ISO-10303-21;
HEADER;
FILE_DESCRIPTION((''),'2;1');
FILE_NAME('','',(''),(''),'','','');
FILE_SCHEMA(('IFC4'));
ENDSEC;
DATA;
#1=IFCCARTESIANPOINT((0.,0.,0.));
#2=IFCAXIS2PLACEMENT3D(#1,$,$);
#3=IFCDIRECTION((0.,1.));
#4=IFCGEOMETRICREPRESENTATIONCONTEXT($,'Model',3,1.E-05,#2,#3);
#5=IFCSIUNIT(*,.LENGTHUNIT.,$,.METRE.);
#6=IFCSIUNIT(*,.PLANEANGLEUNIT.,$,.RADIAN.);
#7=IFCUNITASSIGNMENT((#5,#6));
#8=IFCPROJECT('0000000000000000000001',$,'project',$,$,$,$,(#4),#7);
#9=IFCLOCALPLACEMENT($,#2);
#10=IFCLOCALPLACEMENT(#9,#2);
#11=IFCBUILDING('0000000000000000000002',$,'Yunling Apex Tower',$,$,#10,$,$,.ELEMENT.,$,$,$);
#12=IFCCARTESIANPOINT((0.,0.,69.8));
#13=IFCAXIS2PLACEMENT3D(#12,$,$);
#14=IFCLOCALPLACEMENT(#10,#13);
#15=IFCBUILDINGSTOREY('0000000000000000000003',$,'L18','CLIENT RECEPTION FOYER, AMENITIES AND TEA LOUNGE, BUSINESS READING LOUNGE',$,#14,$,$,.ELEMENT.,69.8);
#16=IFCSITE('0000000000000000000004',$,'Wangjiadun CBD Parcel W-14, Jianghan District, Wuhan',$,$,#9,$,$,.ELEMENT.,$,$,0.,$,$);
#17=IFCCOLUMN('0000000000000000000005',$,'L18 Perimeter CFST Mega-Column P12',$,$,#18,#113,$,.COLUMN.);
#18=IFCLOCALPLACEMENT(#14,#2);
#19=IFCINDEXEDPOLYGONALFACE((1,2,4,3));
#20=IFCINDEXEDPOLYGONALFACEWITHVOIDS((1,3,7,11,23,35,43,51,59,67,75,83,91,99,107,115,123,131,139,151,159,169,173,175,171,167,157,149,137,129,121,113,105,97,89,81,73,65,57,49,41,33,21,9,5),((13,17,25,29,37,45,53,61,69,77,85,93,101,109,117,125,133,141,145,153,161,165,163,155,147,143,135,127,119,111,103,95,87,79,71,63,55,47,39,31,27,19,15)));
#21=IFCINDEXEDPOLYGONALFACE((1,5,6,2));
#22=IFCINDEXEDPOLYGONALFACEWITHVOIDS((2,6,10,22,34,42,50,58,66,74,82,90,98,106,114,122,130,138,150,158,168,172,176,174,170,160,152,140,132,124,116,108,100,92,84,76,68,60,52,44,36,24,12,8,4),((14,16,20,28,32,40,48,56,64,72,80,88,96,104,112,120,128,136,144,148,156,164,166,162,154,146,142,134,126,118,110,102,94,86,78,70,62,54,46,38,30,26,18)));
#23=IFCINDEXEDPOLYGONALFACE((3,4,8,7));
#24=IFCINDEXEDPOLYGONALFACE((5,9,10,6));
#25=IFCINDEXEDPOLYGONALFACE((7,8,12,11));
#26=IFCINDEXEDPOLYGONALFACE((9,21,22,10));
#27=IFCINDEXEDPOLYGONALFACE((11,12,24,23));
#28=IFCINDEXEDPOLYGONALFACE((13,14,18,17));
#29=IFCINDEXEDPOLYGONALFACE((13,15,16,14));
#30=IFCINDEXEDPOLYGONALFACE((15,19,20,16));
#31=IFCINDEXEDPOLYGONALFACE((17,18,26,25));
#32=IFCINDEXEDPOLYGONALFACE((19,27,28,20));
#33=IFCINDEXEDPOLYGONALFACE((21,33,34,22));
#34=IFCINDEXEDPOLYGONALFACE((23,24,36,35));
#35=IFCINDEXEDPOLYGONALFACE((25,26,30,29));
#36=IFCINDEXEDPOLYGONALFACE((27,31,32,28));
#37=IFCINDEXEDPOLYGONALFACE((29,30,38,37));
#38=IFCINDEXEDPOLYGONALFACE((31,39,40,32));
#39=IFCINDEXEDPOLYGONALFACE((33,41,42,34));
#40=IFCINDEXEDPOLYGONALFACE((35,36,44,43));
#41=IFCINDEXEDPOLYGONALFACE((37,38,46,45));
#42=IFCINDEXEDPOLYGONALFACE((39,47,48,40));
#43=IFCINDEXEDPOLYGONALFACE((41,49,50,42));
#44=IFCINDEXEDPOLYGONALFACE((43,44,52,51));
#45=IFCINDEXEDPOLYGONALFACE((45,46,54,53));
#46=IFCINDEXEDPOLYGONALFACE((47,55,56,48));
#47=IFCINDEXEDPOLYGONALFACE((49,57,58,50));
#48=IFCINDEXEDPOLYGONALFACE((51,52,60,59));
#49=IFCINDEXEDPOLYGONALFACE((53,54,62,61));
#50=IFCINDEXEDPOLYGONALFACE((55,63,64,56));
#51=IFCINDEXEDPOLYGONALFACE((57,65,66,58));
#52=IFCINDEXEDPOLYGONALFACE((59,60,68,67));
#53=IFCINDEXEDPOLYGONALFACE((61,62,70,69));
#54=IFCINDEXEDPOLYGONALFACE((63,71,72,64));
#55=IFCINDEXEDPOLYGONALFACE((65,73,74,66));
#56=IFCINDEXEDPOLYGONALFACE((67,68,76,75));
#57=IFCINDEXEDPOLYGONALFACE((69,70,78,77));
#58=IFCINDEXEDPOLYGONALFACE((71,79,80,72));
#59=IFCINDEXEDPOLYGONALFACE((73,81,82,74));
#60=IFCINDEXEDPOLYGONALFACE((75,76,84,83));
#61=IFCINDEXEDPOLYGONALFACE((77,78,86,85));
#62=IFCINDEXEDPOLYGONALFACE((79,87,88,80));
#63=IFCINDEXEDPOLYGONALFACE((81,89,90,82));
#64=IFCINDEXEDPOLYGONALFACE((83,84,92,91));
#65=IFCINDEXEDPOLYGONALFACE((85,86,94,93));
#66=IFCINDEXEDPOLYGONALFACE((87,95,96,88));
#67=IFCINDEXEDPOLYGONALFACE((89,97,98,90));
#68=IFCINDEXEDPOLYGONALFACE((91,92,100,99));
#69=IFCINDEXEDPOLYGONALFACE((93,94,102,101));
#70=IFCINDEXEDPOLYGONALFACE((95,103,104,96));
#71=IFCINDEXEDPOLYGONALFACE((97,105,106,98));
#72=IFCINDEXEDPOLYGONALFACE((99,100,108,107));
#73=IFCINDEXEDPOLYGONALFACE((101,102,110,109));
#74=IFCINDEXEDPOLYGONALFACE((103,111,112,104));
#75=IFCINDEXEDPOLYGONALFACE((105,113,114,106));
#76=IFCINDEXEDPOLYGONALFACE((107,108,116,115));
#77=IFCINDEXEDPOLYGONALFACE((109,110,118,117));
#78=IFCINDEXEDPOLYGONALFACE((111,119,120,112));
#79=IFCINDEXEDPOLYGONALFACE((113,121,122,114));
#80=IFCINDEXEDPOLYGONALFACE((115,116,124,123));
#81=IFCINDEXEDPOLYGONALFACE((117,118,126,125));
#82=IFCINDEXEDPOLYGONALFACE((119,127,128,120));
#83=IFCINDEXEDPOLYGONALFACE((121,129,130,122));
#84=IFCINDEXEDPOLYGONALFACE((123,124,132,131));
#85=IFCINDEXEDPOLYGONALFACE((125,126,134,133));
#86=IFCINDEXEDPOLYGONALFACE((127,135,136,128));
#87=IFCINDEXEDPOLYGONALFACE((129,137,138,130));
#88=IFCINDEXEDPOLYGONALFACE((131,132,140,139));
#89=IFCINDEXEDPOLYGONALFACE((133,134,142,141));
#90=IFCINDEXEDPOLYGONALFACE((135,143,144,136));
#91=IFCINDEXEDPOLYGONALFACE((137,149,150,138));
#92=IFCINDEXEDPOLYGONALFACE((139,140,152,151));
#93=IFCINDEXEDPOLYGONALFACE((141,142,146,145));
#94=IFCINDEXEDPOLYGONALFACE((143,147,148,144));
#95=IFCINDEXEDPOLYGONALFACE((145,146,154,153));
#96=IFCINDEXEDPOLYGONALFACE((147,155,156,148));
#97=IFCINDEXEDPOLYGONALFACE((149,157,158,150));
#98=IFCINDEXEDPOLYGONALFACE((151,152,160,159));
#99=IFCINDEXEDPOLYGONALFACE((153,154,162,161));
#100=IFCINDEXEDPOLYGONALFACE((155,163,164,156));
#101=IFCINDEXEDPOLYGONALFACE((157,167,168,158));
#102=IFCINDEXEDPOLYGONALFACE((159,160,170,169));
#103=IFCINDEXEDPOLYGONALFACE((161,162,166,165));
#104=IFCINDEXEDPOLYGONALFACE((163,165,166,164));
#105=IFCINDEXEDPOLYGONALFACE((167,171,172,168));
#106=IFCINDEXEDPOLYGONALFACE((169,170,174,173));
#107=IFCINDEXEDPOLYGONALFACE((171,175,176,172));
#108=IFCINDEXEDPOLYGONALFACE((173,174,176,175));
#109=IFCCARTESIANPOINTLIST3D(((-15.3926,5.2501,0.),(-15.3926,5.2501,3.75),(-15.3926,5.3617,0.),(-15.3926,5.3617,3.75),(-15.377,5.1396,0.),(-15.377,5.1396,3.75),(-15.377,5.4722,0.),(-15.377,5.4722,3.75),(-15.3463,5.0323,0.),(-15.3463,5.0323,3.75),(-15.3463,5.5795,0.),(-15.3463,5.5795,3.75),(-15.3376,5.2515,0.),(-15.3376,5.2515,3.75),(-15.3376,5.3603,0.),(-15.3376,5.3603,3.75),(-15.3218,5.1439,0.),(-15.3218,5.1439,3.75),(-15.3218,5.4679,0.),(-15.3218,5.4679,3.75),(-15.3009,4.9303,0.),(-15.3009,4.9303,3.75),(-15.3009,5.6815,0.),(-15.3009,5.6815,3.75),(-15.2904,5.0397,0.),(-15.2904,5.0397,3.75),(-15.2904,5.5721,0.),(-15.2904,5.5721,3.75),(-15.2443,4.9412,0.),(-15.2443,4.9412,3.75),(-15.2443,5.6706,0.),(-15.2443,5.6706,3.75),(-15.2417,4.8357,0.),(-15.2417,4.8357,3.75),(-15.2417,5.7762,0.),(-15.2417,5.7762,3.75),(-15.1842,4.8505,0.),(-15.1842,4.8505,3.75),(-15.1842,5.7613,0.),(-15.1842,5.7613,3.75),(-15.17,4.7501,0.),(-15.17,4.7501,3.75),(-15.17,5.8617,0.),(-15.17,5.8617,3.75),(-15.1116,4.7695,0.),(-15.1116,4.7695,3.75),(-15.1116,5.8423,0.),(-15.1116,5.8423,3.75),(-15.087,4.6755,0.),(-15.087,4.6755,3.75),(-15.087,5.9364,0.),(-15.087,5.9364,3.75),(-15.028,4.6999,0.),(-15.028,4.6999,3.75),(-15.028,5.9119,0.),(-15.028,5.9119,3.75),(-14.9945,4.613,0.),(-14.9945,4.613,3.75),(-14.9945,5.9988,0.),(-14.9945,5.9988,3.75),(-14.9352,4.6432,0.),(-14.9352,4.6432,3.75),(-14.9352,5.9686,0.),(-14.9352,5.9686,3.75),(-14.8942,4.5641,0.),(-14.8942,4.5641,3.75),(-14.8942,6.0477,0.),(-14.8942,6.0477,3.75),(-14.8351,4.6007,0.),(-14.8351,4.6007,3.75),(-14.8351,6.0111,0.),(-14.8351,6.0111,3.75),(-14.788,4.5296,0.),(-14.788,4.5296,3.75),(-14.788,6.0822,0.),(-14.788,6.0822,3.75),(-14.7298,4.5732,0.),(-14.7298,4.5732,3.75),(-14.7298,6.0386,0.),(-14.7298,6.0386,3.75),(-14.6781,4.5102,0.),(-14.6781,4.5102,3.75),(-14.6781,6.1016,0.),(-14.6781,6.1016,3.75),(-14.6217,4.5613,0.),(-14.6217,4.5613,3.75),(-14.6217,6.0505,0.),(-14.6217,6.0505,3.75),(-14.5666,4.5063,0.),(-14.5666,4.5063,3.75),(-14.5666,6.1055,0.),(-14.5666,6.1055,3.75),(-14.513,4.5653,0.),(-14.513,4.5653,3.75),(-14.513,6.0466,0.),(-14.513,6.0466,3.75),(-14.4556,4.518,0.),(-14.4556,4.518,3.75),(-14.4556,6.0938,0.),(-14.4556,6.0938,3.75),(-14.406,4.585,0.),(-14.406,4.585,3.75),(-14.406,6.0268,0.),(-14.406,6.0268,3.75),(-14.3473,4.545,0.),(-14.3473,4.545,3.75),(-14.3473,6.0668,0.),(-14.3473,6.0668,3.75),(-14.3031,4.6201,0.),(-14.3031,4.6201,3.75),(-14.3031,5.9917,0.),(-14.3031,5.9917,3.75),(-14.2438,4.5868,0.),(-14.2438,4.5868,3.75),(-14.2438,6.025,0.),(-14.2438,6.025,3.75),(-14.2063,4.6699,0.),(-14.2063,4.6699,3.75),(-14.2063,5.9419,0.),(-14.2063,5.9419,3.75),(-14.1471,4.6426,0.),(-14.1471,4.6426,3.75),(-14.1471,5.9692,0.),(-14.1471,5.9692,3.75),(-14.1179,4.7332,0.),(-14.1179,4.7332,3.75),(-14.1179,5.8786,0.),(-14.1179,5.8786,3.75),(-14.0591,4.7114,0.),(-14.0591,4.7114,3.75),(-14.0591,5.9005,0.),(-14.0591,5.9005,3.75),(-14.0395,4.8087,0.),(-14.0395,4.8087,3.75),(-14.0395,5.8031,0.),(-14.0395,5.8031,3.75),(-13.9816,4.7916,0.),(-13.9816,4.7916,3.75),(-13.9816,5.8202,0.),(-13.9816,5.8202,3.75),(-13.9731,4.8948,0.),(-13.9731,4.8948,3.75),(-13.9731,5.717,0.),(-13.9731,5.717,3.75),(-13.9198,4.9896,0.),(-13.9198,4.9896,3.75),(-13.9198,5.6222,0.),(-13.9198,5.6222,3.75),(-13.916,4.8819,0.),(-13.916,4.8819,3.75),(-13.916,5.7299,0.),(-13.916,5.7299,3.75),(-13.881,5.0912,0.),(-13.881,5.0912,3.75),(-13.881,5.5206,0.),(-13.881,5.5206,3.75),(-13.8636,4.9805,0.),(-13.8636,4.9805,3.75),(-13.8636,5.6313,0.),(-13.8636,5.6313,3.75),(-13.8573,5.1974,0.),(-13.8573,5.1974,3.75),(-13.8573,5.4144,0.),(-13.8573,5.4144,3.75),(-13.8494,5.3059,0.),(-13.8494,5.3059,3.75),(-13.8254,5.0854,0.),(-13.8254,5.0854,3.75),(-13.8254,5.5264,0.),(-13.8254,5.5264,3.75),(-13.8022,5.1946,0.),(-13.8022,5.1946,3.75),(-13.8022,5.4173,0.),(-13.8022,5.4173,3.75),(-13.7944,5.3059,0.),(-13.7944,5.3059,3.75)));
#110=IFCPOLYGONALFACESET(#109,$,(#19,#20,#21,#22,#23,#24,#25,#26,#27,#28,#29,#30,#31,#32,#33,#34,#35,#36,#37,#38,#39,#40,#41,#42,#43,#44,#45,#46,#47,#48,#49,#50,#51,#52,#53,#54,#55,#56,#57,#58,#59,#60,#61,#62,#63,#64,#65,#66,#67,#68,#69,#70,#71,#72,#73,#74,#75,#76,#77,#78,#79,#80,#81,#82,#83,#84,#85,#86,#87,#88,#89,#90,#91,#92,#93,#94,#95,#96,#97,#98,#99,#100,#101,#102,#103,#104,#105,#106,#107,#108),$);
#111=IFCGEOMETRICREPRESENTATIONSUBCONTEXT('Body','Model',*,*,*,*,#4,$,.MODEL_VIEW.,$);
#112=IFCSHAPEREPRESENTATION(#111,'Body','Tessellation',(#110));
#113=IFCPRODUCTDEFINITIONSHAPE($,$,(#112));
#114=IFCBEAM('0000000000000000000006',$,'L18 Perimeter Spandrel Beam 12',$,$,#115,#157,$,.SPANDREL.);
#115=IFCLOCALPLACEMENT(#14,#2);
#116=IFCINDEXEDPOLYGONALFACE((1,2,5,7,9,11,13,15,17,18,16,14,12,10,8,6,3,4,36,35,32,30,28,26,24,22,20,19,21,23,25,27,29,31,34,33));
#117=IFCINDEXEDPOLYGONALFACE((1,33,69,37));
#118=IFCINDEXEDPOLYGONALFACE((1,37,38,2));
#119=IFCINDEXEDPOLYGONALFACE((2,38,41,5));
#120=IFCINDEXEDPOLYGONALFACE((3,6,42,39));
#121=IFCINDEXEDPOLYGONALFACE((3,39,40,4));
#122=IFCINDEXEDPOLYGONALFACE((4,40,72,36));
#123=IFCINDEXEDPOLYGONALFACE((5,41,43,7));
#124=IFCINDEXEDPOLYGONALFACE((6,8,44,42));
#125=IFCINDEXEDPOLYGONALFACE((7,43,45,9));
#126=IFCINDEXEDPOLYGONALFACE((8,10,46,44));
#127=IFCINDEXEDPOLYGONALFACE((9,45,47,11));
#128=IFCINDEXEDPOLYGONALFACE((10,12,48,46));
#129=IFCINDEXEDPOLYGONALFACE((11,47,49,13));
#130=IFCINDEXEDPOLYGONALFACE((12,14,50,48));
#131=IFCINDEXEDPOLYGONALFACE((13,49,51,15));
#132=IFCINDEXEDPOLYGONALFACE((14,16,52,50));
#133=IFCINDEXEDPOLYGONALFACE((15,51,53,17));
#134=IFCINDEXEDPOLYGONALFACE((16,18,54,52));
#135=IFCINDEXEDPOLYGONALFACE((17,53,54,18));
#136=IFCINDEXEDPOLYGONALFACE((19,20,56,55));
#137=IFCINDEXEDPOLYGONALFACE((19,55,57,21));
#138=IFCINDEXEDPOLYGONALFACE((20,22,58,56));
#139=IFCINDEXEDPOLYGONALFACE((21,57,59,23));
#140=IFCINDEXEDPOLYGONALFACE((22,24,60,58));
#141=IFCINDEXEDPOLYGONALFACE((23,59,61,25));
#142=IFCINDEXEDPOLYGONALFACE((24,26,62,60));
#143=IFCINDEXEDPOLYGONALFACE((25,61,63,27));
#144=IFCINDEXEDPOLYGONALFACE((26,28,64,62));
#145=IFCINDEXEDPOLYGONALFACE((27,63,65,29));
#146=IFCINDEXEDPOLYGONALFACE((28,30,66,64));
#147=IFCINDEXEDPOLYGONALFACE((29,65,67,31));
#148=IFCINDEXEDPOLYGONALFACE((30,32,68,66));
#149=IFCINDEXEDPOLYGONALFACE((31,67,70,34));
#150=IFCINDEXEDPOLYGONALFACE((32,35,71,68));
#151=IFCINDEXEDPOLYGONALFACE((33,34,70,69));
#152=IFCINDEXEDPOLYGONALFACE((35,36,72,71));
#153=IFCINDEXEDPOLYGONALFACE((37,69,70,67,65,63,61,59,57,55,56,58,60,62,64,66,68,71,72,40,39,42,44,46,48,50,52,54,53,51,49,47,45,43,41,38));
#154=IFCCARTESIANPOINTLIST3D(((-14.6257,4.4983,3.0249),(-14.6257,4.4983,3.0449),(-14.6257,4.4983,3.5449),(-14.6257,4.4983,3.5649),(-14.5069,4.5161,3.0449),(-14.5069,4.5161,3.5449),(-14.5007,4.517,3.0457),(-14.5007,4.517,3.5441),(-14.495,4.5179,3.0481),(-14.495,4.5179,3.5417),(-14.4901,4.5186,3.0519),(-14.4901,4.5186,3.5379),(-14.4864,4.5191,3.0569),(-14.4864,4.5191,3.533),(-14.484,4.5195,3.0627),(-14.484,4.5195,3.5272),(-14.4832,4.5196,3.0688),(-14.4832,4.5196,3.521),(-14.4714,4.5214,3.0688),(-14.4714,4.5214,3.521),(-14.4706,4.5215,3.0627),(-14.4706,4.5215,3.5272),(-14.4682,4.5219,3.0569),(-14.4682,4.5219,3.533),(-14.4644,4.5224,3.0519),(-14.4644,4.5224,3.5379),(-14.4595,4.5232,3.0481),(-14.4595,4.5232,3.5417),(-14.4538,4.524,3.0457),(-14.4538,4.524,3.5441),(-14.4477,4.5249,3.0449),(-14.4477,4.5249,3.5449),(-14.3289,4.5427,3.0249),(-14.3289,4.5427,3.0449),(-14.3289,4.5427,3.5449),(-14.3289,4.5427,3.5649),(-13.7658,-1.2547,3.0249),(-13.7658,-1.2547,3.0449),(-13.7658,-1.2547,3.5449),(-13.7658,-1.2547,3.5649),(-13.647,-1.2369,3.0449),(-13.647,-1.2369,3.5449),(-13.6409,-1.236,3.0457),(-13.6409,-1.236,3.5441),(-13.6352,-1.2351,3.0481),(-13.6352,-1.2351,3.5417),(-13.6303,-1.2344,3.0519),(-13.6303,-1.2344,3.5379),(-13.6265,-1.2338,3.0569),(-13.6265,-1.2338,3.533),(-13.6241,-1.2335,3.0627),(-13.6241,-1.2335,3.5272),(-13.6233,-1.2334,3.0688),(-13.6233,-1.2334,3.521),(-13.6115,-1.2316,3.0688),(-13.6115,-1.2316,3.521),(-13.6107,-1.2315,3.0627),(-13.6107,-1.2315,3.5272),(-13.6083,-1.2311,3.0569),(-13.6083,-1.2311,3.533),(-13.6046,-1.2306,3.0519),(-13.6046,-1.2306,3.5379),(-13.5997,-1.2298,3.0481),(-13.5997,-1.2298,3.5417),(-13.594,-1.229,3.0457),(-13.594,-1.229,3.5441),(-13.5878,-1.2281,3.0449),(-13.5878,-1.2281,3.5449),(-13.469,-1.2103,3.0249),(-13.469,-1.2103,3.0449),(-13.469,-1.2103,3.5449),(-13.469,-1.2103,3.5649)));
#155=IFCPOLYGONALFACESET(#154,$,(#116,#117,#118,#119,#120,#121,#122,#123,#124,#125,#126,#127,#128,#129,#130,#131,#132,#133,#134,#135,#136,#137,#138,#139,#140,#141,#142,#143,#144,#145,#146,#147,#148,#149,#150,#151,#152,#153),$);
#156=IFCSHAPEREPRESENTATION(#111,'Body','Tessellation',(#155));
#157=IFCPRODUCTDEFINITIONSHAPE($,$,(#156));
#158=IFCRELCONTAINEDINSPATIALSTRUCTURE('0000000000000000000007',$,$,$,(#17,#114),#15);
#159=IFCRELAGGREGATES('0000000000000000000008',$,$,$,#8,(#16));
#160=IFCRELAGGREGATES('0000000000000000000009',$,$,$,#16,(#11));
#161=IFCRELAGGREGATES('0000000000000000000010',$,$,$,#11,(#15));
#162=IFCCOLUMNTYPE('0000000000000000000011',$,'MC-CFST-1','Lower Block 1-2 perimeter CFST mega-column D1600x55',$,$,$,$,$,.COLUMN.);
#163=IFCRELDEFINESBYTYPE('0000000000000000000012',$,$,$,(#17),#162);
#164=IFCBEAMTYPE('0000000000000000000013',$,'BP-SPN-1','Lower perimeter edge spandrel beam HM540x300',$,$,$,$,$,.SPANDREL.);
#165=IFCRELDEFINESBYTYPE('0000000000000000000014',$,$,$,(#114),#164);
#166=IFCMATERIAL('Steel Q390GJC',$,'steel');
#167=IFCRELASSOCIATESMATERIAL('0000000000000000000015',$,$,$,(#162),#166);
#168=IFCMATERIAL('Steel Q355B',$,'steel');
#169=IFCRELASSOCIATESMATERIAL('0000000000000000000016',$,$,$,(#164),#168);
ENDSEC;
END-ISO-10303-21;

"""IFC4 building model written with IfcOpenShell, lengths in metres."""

from ifc_helpers import new_model, si_unit, direction, frame, origin, origin_2d, place, context, subcontext, project, spatial, hollow_circle, i_section, extrude, source, transform, mapped, material, material_profile, profile_set, type_object, element, save


model = new_model("IFC4")

# Units and contexts
model_context = context("Model", 3, precision=1e-05, world=origin(), true_north=direction((0.0, 1.0)))
body_context = subcontext(model_context, "Body", "Model", "MODEL_VIEW")
ifc_project = project(units=[si_unit("LENGTHUNIT", "METRE"), si_unit("PLANEANGLEUNIT", "RADIAN")], contexts=[model_context])

# Site, building, storey
site_placement = place(None, origin())
site = spatial("IfcSite", under=ifc_project, at=site_placement, Name="Wangjiadun CBD Parcel W-14, Jianghan District, Wuhan", CompositionType="ELEMENT", RefElevation=0.0)
building_placement = place(site_placement, origin())
building = spatial("IfcBuilding", under=site, at=building_placement, Name="Yunling Apex Tower", CompositionType="ELEMENT")
storey_placement = place(building_placement, frame((0.0, 0.0, 69.8)))
storey = spatial("IfcBuildingStorey", under=building, at=storey_placement, Name="L18", Description="CLIENT RECEPTION FOYER, AMENITIES AND TEA LOUNGE, BUSINESS READING LOUNGE", CompositionType="ELEMENT", Elevation=69.8)

# Column
ifc_material_1 = material(Name="Steel Q390GJC", Category="steel")
ifc_material_profile_1 = material_profile(ifc_material_1, hollow_circle(Radius=0.8, WallThickness=0.0549, at=origin_2d()))
ifc_profile_set_1 = profile_set([ifc_material_profile_1], Name="Steel Q390GJC")
column_type = type_object("IfcColumnType", Name="MC-CFST-1", Description="Lower Block 1-2 perimeter CFST mega-column D1600x55", PredefinedType="COLUMN", material=ifc_profile_set_1)
shared_shape_1 = source(origin(), body_context, "Body", "SweptSolid", [
    extrude(hollow_circle(Radius=0.8, WallThickness=0.0549, at=origin_2d()), origin(), (0.0, 0.0, 1.0), 3.75),
])
column_placement = place(storey_placement, frame((-14.5945, 5.3059, 0.0), z_axis=(0.0, 0.0, 1.0), x_axis=(1.0, 0.0, 0.0)))
element("IfcColumn", 1, at=column_placement, inside=storey, type_object=column_type, Name="L18 Perimeter CFST Mega-Column P12", PredefinedType="COLUMN", context=body_context, shape_type="MappedRepresentation", body=[
    mapped(shared_shape_1, transform((0.0, 0.0, 0.0), scale=1.0)),
])

# Beam
ifc_material_2 = material(Name="Steel Q355B", Category="steel")
ifc_material_profile_2 = material_profile(ifc_material_2, i_section(OverallWidth=0.3, OverallDepth=0.54, WebThickness=0.012, FlangeThickness=0.02, FilletRadius=0.0239, at=origin_2d()))
ifc_profile_set_2 = profile_set([ifc_material_profile_2], Name="Steel Q355B")
beam_type_1 = type_object("IfcBeamType", Name="BP-SPN-1", Description="Lower perimeter edge spandrel beam HM540x300", PredefinedType="SPANDREL", material=ifc_profile_set_2)
shared_shape_2 = source(origin(), body_context, "Body", "SweptSolid", [
    extrude(i_section(OverallWidth=0.3, OverallDepth=0.54, WebThickness=0.012, FlangeThickness=0.02, FilletRadius=0.0239, at=origin_2d()), origin(), (0.0, 0.0, 1.0), 5.8169),
])
beam_1_placement = place(storey_placement, frame((-14.4773, 4.5205, 3.2949), z_axis=(0.147823, -0.989014, 0.0), x_axis=(0.989014, 0.147823, 0.0)))
element("IfcBeam", 2, at=beam_1_placement, inside=storey, type_object=beam_type_1, Name="L18 Perimeter Spandrel Beam 12", PredefinedType="SPANDREL", context=body_context, shape_type="MappedRepresentation", body=[
    mapped(shared_shape_2, transform((0.0, 0.0, 0.0), scale=1.0)),
])

save(model, "model.ifc")
